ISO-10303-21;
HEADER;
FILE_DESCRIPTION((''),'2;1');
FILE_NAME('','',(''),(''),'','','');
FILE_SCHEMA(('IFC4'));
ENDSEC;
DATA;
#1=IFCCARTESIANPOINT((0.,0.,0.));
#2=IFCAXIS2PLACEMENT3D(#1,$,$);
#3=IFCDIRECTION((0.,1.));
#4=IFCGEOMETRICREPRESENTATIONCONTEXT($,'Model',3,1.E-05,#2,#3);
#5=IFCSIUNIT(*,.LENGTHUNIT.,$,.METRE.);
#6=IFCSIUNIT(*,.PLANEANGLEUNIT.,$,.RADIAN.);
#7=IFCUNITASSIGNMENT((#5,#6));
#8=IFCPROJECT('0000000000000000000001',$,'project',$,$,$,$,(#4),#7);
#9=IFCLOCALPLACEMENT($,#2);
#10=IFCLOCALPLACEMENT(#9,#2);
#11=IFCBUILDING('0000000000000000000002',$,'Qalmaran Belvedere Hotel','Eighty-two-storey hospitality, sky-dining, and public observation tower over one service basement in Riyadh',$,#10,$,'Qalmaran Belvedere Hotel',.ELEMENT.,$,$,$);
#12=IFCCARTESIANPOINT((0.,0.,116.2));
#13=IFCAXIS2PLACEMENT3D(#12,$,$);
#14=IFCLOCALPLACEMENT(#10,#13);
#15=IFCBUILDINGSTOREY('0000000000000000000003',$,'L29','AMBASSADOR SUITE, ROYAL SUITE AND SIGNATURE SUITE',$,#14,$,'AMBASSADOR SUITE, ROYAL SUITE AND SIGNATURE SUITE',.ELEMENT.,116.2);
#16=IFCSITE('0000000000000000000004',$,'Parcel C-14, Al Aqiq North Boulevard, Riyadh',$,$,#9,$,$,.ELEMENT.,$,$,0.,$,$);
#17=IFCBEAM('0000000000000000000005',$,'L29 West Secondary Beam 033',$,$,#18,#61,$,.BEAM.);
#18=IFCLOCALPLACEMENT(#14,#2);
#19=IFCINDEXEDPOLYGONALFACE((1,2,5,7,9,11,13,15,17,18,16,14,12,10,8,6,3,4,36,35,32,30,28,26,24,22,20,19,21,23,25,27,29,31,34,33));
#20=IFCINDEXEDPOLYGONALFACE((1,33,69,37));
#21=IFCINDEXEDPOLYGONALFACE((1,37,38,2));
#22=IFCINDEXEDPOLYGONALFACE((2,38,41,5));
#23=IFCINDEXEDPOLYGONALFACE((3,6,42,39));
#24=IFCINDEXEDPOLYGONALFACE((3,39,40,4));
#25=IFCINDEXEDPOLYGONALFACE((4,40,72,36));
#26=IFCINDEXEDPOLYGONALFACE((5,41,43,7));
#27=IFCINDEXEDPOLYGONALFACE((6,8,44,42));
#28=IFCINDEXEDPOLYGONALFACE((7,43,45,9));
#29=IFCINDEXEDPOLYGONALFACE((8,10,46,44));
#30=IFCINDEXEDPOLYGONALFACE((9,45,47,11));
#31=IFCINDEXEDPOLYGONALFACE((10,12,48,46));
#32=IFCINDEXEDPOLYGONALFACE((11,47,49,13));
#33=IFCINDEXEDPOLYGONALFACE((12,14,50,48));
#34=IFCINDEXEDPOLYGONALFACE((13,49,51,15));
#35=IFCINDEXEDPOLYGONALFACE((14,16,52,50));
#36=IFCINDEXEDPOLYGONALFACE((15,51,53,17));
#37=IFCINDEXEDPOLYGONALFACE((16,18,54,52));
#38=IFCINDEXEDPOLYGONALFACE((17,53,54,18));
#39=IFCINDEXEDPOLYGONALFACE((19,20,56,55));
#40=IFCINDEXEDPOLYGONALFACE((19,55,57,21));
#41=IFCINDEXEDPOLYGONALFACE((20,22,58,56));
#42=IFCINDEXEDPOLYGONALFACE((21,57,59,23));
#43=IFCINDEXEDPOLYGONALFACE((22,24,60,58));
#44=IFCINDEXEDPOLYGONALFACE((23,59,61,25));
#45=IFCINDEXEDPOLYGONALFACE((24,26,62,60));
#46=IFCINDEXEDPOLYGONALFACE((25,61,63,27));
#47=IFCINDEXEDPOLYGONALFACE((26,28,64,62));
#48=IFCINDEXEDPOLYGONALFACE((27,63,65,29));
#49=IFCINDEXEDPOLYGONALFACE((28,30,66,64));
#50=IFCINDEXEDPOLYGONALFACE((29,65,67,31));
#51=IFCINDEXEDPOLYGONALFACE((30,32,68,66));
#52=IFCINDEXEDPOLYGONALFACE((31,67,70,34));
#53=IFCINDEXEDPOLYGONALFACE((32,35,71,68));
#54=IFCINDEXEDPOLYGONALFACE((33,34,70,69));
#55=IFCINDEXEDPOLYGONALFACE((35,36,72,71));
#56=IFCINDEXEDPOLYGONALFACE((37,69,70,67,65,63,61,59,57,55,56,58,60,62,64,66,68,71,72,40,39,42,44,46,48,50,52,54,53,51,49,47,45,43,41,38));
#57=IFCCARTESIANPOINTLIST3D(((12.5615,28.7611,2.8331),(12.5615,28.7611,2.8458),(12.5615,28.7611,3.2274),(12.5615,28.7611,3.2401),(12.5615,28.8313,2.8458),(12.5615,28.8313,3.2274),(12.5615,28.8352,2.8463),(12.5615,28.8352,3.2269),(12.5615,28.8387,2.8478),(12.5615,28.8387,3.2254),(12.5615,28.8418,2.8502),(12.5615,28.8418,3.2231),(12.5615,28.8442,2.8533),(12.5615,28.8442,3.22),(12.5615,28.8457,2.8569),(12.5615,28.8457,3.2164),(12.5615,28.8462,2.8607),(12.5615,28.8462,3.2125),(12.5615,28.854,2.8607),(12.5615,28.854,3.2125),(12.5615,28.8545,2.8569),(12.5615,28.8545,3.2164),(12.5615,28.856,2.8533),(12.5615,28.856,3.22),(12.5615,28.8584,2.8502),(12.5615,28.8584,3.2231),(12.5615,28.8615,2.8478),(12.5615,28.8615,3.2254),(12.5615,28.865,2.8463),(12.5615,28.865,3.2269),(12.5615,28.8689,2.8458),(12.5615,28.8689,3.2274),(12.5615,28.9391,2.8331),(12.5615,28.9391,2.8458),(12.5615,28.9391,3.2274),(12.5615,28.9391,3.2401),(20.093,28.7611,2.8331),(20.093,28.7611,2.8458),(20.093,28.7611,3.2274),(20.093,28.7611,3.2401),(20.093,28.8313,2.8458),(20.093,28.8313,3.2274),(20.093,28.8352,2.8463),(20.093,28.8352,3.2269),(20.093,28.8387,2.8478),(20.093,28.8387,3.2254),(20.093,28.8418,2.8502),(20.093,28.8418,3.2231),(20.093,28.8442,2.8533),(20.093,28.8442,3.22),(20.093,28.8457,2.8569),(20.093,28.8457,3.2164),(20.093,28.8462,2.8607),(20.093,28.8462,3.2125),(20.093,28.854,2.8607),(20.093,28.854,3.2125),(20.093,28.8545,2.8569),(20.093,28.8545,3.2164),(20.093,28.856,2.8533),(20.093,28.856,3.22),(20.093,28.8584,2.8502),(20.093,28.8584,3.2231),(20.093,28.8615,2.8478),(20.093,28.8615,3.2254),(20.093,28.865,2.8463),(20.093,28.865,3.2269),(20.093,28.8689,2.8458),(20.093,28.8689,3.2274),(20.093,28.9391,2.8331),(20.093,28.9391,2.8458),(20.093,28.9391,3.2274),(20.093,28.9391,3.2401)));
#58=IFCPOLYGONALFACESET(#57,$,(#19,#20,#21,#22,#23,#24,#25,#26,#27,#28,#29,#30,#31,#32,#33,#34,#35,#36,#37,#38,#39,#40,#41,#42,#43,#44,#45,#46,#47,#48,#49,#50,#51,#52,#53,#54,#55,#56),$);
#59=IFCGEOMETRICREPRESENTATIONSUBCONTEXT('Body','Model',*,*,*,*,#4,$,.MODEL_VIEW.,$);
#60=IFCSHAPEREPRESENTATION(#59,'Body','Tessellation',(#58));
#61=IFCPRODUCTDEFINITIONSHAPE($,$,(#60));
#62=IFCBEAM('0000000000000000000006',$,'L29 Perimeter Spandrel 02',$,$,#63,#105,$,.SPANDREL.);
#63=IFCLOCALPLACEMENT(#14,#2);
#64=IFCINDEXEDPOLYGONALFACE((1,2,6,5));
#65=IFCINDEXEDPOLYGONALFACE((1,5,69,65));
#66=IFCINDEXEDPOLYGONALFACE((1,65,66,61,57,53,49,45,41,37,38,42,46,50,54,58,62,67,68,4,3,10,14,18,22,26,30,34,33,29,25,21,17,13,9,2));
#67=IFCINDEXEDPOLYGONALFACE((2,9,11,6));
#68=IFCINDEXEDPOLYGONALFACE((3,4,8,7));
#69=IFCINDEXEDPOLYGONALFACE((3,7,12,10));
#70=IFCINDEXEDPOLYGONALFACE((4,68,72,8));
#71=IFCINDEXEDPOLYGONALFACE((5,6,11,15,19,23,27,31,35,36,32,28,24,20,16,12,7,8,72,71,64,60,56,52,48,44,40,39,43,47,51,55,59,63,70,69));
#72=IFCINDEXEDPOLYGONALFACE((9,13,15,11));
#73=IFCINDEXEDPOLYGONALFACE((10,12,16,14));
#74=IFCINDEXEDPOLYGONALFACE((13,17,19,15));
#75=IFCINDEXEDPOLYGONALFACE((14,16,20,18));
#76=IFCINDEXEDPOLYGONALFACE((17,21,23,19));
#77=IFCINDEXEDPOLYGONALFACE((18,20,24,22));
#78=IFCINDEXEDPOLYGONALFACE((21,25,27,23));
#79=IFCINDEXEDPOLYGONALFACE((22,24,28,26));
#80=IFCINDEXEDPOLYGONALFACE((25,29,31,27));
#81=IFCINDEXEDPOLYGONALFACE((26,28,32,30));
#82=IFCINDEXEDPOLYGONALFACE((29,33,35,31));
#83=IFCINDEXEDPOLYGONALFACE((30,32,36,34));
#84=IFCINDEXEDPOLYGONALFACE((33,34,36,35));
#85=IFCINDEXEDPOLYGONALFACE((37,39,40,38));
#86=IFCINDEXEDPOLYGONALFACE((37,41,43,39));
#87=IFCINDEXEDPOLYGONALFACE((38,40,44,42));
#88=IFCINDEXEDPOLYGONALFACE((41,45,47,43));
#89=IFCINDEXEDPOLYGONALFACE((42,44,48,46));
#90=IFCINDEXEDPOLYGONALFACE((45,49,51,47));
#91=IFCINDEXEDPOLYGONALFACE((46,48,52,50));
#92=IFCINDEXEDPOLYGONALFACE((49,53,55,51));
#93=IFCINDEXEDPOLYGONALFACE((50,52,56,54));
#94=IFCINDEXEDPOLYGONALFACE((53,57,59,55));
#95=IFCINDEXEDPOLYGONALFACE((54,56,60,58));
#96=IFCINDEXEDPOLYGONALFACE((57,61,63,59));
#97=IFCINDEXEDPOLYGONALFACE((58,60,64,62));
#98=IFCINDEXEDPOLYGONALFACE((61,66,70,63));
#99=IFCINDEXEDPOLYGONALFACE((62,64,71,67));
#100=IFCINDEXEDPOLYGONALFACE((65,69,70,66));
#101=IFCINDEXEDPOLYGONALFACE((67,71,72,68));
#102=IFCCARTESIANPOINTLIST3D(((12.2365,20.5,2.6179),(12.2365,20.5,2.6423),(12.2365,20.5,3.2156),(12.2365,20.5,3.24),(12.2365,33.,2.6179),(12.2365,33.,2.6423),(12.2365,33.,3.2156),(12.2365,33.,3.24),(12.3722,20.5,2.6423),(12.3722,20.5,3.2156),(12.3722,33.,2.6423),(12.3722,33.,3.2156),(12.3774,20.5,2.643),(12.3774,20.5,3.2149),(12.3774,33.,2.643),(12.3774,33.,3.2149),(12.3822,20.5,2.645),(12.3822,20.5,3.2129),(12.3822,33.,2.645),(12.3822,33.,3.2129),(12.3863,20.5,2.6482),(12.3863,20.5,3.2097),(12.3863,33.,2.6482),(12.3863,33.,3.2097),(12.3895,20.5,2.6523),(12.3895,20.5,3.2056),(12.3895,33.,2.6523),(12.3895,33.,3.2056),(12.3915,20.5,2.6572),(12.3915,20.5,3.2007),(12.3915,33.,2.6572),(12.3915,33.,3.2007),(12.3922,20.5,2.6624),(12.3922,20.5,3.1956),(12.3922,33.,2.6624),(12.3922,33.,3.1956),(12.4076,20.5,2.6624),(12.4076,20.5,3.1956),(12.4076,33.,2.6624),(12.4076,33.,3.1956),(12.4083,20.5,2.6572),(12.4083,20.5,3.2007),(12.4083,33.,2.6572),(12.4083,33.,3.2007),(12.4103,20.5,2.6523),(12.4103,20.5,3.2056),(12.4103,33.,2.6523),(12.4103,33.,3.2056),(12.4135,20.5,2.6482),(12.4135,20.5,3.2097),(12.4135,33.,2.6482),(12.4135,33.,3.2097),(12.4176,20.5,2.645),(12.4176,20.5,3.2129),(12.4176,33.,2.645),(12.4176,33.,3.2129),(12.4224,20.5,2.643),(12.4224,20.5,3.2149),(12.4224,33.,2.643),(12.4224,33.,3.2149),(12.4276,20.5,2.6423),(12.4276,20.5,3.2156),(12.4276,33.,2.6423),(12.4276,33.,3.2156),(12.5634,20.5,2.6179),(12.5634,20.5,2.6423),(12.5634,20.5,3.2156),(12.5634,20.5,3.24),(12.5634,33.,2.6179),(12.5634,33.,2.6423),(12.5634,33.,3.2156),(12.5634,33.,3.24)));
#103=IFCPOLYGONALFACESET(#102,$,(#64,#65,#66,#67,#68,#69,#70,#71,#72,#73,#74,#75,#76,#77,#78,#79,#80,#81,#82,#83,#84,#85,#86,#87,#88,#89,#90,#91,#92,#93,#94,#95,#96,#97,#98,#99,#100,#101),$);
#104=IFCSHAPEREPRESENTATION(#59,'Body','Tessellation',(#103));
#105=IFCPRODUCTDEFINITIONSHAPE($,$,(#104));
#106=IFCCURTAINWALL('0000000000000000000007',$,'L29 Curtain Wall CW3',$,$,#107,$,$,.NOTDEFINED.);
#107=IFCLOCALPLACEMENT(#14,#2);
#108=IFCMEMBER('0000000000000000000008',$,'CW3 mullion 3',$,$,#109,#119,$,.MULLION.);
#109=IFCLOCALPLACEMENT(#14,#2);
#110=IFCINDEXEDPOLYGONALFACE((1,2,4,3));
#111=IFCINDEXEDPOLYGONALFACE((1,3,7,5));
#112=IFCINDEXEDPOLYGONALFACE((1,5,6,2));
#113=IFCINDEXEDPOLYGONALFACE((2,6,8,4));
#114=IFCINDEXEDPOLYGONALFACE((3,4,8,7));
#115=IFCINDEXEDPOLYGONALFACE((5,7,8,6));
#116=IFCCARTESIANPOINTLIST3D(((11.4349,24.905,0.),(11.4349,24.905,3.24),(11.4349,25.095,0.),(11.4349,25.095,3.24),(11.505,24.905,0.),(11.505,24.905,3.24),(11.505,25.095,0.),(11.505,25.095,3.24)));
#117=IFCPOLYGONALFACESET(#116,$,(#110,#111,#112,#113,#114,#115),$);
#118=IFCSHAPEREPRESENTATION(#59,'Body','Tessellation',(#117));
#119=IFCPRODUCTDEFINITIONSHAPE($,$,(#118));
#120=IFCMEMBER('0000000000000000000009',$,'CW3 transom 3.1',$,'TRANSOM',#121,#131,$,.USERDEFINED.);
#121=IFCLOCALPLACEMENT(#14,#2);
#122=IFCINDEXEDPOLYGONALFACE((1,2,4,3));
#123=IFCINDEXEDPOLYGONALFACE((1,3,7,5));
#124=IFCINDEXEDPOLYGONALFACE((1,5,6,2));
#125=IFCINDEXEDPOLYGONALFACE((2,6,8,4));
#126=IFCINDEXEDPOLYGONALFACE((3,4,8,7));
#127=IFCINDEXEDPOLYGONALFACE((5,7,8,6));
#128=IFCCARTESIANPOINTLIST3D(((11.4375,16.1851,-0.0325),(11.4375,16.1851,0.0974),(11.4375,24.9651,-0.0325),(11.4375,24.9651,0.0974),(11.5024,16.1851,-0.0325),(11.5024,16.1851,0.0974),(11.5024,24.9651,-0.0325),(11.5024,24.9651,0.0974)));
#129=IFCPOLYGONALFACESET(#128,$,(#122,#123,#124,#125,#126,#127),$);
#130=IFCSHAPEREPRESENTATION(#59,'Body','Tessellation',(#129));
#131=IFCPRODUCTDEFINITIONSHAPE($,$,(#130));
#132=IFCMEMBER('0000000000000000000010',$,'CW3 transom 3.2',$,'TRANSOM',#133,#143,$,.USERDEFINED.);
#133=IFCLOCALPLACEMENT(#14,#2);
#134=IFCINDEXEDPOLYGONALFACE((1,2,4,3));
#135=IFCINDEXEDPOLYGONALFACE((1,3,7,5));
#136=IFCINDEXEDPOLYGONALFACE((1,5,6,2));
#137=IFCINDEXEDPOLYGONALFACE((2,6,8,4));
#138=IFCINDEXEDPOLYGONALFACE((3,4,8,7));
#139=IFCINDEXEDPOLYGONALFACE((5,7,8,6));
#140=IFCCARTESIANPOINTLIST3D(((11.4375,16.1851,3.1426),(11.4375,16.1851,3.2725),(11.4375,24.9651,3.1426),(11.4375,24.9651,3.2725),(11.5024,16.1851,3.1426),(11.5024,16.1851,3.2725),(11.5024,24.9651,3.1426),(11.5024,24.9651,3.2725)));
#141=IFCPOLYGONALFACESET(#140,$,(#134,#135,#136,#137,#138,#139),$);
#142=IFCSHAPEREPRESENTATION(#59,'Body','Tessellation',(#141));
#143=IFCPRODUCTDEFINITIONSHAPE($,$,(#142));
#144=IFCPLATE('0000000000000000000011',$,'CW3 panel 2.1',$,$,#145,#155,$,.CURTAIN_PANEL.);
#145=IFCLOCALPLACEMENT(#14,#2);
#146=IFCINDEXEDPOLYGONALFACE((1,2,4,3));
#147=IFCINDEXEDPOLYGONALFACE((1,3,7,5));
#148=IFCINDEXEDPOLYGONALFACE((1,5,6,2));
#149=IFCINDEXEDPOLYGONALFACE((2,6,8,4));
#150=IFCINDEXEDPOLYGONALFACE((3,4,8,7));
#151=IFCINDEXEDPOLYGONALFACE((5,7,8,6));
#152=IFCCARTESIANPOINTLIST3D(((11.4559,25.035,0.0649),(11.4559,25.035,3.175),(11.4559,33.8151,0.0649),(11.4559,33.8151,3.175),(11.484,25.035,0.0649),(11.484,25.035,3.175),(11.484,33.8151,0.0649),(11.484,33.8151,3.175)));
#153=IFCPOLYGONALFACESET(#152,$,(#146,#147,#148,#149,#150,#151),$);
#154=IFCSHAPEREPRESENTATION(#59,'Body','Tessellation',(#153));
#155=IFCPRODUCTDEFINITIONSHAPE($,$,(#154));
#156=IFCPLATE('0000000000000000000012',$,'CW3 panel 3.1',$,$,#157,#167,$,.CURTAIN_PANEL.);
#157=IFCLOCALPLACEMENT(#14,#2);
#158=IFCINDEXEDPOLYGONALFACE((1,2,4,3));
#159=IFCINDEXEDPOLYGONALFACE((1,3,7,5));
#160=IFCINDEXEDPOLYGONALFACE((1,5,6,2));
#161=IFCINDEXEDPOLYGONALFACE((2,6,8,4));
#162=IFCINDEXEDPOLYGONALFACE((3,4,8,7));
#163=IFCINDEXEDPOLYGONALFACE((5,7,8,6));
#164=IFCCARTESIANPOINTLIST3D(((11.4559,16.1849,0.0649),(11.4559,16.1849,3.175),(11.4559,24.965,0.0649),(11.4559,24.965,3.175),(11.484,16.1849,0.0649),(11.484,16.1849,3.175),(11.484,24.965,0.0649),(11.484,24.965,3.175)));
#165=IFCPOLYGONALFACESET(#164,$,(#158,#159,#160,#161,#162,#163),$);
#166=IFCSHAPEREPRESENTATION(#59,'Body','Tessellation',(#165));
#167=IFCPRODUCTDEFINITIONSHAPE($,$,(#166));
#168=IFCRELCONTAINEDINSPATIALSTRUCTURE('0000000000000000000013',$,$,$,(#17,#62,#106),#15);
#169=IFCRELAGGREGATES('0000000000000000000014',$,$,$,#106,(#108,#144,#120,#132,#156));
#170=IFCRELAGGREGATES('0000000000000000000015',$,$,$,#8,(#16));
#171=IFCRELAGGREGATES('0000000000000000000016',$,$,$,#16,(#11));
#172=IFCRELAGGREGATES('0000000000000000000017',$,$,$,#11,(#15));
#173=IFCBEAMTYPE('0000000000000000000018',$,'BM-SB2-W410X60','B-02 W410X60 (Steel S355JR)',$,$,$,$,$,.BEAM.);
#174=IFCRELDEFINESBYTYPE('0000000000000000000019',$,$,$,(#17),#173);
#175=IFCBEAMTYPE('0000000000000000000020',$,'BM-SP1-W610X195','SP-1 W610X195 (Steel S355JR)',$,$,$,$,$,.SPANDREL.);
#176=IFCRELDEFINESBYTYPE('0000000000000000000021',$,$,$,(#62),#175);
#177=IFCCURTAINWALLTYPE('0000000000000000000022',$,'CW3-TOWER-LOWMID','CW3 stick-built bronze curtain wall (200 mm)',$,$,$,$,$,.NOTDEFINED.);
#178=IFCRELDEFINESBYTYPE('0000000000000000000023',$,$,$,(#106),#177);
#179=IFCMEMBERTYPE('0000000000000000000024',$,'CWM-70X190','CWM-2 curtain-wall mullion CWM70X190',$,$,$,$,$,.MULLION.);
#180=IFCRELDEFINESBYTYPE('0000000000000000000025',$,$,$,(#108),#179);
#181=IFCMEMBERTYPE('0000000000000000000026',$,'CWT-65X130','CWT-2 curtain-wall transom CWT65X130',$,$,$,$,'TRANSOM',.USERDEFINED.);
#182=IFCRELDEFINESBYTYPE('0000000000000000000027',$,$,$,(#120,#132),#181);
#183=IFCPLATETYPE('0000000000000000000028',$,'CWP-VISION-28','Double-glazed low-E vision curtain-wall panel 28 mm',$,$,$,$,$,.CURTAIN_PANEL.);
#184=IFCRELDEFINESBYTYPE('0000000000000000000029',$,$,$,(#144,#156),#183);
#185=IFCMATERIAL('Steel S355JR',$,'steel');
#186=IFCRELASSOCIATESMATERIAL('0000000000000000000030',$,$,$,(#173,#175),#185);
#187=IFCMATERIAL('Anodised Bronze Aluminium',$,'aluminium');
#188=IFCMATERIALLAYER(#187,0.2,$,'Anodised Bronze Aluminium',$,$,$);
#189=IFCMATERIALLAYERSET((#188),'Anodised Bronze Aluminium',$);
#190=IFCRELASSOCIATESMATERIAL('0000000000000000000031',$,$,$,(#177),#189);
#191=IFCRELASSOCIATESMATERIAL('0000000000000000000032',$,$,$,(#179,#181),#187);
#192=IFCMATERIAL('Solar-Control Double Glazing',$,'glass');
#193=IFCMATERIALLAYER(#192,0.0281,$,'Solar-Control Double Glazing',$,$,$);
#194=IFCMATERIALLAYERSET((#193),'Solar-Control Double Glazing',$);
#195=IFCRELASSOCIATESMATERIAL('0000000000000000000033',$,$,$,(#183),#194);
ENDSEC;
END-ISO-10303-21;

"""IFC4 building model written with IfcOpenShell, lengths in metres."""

from ifc_helpers import new_model, si_unit, direction, frame, origin, origin_2d, place, context, subcontext, project, spatial, rectangle, i_section, extrude, material, layer, layer_set, material_profile, profile_set, type_object, element, aggregate, save


model = new_model("IFC4")

# Units and contexts
model_context = context("Model", 3, precision=1e-05, world=origin(), true_north=direction((0.0, 1.0)))
body_context = subcontext(model_context, "Body", "Model", "MODEL_VIEW")
ifc_project = project(units=[si_unit("LENGTHUNIT", "METRE"), si_unit("PLANEANGLEUNIT", "RADIAN")], contexts=[model_context])

# Site, building, storey
site_placement = place(None, origin())
site = spatial("IfcSite", under=ifc_project, at=site_placement, Name="Parcel C-14, Al Aqiq North Boulevard, Riyadh", CompositionType="ELEMENT", RefElevation=0.0)
building_placement = place(site_placement, origin())
building = spatial("IfcBuilding", under=site, at=building_placement, Name="Qalmaran Belvedere Hotel", Description="Eighty-two-storey hospitality, sky-dining, and public observation tower over one service basement in Riyadh", LongName="Qalmaran Belvedere Hotel", CompositionType="ELEMENT")
storey_placement = place(building_placement, frame((0.0, 0.0, 116.2)))
storey = spatial("IfcBuildingStorey", under=building, at=storey_placement, Name="L29", Description="AMBASSADOR SUITE, ROYAL SUITE AND SIGNATURE SUITE", LongName="AMBASSADOR SUITE, ROYAL SUITE AND SIGNATURE SUITE", CompositionType="ELEMENT", Elevation=116.2)

# Beams
ifc_material_1 = material(Name="Steel S355JR", Category="steel")
ifc_material_profile_1 = material_profile(ifc_material_1, i_section(OverallWidth=0.178, OverallDepth=0.407, WebThickness=0.0078, FlangeThickness=0.0127, FilletRadius=0.0149, at=origin_2d()), Name="W410X60")
ifc_profile_set_1 = profile_set([ifc_material_profile_1], Name="Steel S355JR")
beam_type_1 = type_object("IfcBeamType", Name="BM-SB2-W410X60", Description="B-02 W410X60 (Steel S355JR)", PredefinedType="BEAM", material=ifc_profile_set_1)
for number, where, z_axis, x_axis, name in (
    (1, (12.5615, 28.8501, 3.0366), (1.0, 0.0, 0.0), (0.0, 1.0, 0.0), "L29 West Secondary Beam 033"),
):
    element("IfcBeam", number, at=place(storey_placement, frame(where, z_axis=z_axis, x_axis=x_axis)), inside=storey, type_object=beam_type_1, Name=name, PredefinedType="BEAM", context=body_context, shape_type="SweptSolid", body=[
        extrude(i_section(OverallWidth=0.178, OverallDepth=0.407, WebThickness=0.0078, FlangeThickness=0.0127, FilletRadius=0.0149, at=origin_2d()), origin(), (0.0, 0.0, 1.0), 7.5315),
    ])
ifc_material_profile_2 = material_profile(ifc_material_1, i_section(OverallWidth=0.3269, OverallDepth=0.6221, WebThickness=0.0154, FlangeThickness=0.0244, FilletRadius=0.02, at=origin_2d()), Name="W610X195")
ifc_profile_set_2 = profile_set([ifc_material_profile_2], Name="Steel S355JR")
beam_type_2 = type_object("IfcBeamType", Name="BM-SP1-W610X195", Description="SP-1 W610X195 (Steel S355JR)", PredefinedType="SPANDREL", material=ifc_profile_set_2)
beam_placement = place(storey_placement, frame((12.3999, 20.5, 2.929), z_axis=(0.0, 1.0, 0.0), x_axis=(-1.0, 0.0, 0.0)))
element("IfcBeam", 2, at=beam_placement, inside=storey, type_object=beam_type_2, Name="L29 Perimeter Spandrel 02", PredefinedType="SPANDREL", context=body_context, shape_type="SweptSolid", body=[
    extrude(i_section(OverallWidth=0.3269, OverallDepth=0.6221, WebThickness=0.0154, FlangeThickness=0.0244, FilletRadius=0.02, at=origin_2d()), origin(), (0.0, 0.0, 1.0), 12.5),
])

# Curtain wall, members, plates
ifc_material_2 = material(Name="Anodised Bronze Aluminium", Category="aluminium")
ifc_layer_1 = layer(ifc_material_2, 0.2, Name="Anodised Bronze Aluminium")
ifc_layer_set_1 = layer_set([ifc_layer_1], Name="Anodised Bronze Aluminium")
curtain_wall_type = type_object("IfcCurtainWallType", Name="CW3-TOWER-LOWMID", Description="CW3 stick-built bronze curtain wall (200 mm)", PredefinedType="NOTDEFINED", material=ifc_layer_set_1)
curtain_wall_placement = place(storey_placement, origin())
curtain_wall = element("IfcCurtainWall", 3, at=curtain_wall_placement, inside=storey, type_object=curtain_wall_type, Name="L29 Curtain Wall CW3", PredefinedType="NOTDEFINED")
ifc_material_profile_3 = material_profile(ifc_material_2, rectangle(XDim=0.0701, YDim=0.1899, at=origin_2d()), Name="CWM70X190")
ifc_profile_set_3 = profile_set([ifc_material_profile_3], Name="Anodised Bronze Aluminium")
member_type_1 = type_object("IfcMemberType", Name="CWM-70X190", Description="CWM-2 curtain-wall mullion CWM70X190", PredefinedType="MULLION", material=ifc_profile_set_3)
member_1_placement = place(storey_placement, frame((11.47, 25.0, 0.0), z_axis=(0.0, 0.0, 1.0), x_axis=(1.0, 0.0, 0.0)))
member_1 = element("IfcMember", 4, at=member_1_placement, type_object=member_type_1, Name="CW3 mullion 3", PredefinedType="MULLION", context=body_context, shape_type="SweptSolid", body=[
    extrude(rectangle(XDim=0.0701, YDim=0.1899, at=origin_2d()), origin(), (0.0, 0.0, 1.0), 3.24),
])
ifc_material_profile_4 = material_profile(ifc_material_2, rectangle(XDim=0.0649, YDim=0.1299, at=origin_2d()), Name="CWT65X130")
ifc_profile_set_4 = profile_set([ifc_material_profile_4], Name="Anodised Bronze Aluminium")
member_type_2 = type_object("IfcMemberType", Name="CWT-65X130", Description="CWT-2 curtain-wall transom CWT65X130", ElementType="TRANSOM", PredefinedType="USERDEFINED", material=ifc_profile_set_4)
member_2_placement = place(storey_placement, frame((11.47, 24.9651, 0.0325), z_axis=(0.0, -1.0, 0.0), x_axis=(1.0, 0.0, 0.0)))
member_2 = element("IfcMember", 5, at=member_2_placement, type_object=member_type_2, Name="CW3 transom 3.1", ObjectType="TRANSOM", PredefinedType="USERDEFINED", context=body_context, shape_type="SweptSolid", body=[
    extrude(rectangle(XDim=0.0649, YDim=0.1299, at=origin_2d()), origin(), (0.0, 0.0, 1.0), 8.78),
])
member_3_placement = place(storey_placement, frame((11.47, 24.9651, 3.2075), z_axis=(0.0, -1.0, 0.0), x_axis=(1.0, 0.0, 0.0)))
member_3 = element("IfcMember", 6, at=member_3_placement, type_object=member_type_2, Name="CW3 transom 3.2", ObjectType="TRANSOM", PredefinedType="USERDEFINED", context=body_context, shape_type="SweptSolid", body=[
    extrude(rectangle(XDim=0.0649, YDim=0.1299, at=origin_2d()), origin(), (0.0, 0.0, 1.0), 8.78),
])
ifc_material_3 = material(Name="Solar-Control Double Glazing", Category="glass")
ifc_layer_2 = layer(ifc_material_3, 0.0281, Name="Solar-Control Double Glazing")
ifc_layer_set_2 = layer_set([ifc_layer_2], Name="Solar-Control Double Glazing")
plate_type = type_object("IfcPlateType", Name="CWP-VISION-28", Description="Double-glazed low-E vision curtain-wall panel 28 mm", PredefinedType="CURTAIN_PANEL", material=ifc_layer_set_2)
plate_1_placement = place(storey_placement, frame((11.47, 29.425, 0.0649), z_axis=(0.0, 0.0, 1.0), x_axis=(0.0, -1.0, 0.0)))
plate_1 = element("IfcPlate", 7, at=plate_1_placement, type_object=plate_type, Name="CW3 panel 2.1", PredefinedType="CURTAIN_PANEL", context=body_context, shape_type="SweptSolid", body=[
    extrude(rectangle(XDim=8.78, YDim=0.0281, at=origin_2d()), origin(), (0.0, 0.0, 1.0), 3.1101),
])
plate_2_placement = place(storey_placement, frame((11.47, 20.575, 0.0649), z_axis=(0.0, 0.0, 1.0), x_axis=(0.0, -1.0, 0.0)))
plate_2 = element("IfcPlate", 8, at=plate_2_placement, type_object=plate_type, Name="CW3 panel 3.1", PredefinedType="CURTAIN_PANEL", context=body_context, shape_type="SweptSolid", body=[
    extrude(rectangle(XDim=8.78, YDim=0.0281, at=origin_2d()), origin(), (0.0, 0.0, 1.0), 3.1101),
])
aggregate(curtain_wall, [member_1, plate_1, member_2, member_3, plate_2])

save(model, "model.ifc")
